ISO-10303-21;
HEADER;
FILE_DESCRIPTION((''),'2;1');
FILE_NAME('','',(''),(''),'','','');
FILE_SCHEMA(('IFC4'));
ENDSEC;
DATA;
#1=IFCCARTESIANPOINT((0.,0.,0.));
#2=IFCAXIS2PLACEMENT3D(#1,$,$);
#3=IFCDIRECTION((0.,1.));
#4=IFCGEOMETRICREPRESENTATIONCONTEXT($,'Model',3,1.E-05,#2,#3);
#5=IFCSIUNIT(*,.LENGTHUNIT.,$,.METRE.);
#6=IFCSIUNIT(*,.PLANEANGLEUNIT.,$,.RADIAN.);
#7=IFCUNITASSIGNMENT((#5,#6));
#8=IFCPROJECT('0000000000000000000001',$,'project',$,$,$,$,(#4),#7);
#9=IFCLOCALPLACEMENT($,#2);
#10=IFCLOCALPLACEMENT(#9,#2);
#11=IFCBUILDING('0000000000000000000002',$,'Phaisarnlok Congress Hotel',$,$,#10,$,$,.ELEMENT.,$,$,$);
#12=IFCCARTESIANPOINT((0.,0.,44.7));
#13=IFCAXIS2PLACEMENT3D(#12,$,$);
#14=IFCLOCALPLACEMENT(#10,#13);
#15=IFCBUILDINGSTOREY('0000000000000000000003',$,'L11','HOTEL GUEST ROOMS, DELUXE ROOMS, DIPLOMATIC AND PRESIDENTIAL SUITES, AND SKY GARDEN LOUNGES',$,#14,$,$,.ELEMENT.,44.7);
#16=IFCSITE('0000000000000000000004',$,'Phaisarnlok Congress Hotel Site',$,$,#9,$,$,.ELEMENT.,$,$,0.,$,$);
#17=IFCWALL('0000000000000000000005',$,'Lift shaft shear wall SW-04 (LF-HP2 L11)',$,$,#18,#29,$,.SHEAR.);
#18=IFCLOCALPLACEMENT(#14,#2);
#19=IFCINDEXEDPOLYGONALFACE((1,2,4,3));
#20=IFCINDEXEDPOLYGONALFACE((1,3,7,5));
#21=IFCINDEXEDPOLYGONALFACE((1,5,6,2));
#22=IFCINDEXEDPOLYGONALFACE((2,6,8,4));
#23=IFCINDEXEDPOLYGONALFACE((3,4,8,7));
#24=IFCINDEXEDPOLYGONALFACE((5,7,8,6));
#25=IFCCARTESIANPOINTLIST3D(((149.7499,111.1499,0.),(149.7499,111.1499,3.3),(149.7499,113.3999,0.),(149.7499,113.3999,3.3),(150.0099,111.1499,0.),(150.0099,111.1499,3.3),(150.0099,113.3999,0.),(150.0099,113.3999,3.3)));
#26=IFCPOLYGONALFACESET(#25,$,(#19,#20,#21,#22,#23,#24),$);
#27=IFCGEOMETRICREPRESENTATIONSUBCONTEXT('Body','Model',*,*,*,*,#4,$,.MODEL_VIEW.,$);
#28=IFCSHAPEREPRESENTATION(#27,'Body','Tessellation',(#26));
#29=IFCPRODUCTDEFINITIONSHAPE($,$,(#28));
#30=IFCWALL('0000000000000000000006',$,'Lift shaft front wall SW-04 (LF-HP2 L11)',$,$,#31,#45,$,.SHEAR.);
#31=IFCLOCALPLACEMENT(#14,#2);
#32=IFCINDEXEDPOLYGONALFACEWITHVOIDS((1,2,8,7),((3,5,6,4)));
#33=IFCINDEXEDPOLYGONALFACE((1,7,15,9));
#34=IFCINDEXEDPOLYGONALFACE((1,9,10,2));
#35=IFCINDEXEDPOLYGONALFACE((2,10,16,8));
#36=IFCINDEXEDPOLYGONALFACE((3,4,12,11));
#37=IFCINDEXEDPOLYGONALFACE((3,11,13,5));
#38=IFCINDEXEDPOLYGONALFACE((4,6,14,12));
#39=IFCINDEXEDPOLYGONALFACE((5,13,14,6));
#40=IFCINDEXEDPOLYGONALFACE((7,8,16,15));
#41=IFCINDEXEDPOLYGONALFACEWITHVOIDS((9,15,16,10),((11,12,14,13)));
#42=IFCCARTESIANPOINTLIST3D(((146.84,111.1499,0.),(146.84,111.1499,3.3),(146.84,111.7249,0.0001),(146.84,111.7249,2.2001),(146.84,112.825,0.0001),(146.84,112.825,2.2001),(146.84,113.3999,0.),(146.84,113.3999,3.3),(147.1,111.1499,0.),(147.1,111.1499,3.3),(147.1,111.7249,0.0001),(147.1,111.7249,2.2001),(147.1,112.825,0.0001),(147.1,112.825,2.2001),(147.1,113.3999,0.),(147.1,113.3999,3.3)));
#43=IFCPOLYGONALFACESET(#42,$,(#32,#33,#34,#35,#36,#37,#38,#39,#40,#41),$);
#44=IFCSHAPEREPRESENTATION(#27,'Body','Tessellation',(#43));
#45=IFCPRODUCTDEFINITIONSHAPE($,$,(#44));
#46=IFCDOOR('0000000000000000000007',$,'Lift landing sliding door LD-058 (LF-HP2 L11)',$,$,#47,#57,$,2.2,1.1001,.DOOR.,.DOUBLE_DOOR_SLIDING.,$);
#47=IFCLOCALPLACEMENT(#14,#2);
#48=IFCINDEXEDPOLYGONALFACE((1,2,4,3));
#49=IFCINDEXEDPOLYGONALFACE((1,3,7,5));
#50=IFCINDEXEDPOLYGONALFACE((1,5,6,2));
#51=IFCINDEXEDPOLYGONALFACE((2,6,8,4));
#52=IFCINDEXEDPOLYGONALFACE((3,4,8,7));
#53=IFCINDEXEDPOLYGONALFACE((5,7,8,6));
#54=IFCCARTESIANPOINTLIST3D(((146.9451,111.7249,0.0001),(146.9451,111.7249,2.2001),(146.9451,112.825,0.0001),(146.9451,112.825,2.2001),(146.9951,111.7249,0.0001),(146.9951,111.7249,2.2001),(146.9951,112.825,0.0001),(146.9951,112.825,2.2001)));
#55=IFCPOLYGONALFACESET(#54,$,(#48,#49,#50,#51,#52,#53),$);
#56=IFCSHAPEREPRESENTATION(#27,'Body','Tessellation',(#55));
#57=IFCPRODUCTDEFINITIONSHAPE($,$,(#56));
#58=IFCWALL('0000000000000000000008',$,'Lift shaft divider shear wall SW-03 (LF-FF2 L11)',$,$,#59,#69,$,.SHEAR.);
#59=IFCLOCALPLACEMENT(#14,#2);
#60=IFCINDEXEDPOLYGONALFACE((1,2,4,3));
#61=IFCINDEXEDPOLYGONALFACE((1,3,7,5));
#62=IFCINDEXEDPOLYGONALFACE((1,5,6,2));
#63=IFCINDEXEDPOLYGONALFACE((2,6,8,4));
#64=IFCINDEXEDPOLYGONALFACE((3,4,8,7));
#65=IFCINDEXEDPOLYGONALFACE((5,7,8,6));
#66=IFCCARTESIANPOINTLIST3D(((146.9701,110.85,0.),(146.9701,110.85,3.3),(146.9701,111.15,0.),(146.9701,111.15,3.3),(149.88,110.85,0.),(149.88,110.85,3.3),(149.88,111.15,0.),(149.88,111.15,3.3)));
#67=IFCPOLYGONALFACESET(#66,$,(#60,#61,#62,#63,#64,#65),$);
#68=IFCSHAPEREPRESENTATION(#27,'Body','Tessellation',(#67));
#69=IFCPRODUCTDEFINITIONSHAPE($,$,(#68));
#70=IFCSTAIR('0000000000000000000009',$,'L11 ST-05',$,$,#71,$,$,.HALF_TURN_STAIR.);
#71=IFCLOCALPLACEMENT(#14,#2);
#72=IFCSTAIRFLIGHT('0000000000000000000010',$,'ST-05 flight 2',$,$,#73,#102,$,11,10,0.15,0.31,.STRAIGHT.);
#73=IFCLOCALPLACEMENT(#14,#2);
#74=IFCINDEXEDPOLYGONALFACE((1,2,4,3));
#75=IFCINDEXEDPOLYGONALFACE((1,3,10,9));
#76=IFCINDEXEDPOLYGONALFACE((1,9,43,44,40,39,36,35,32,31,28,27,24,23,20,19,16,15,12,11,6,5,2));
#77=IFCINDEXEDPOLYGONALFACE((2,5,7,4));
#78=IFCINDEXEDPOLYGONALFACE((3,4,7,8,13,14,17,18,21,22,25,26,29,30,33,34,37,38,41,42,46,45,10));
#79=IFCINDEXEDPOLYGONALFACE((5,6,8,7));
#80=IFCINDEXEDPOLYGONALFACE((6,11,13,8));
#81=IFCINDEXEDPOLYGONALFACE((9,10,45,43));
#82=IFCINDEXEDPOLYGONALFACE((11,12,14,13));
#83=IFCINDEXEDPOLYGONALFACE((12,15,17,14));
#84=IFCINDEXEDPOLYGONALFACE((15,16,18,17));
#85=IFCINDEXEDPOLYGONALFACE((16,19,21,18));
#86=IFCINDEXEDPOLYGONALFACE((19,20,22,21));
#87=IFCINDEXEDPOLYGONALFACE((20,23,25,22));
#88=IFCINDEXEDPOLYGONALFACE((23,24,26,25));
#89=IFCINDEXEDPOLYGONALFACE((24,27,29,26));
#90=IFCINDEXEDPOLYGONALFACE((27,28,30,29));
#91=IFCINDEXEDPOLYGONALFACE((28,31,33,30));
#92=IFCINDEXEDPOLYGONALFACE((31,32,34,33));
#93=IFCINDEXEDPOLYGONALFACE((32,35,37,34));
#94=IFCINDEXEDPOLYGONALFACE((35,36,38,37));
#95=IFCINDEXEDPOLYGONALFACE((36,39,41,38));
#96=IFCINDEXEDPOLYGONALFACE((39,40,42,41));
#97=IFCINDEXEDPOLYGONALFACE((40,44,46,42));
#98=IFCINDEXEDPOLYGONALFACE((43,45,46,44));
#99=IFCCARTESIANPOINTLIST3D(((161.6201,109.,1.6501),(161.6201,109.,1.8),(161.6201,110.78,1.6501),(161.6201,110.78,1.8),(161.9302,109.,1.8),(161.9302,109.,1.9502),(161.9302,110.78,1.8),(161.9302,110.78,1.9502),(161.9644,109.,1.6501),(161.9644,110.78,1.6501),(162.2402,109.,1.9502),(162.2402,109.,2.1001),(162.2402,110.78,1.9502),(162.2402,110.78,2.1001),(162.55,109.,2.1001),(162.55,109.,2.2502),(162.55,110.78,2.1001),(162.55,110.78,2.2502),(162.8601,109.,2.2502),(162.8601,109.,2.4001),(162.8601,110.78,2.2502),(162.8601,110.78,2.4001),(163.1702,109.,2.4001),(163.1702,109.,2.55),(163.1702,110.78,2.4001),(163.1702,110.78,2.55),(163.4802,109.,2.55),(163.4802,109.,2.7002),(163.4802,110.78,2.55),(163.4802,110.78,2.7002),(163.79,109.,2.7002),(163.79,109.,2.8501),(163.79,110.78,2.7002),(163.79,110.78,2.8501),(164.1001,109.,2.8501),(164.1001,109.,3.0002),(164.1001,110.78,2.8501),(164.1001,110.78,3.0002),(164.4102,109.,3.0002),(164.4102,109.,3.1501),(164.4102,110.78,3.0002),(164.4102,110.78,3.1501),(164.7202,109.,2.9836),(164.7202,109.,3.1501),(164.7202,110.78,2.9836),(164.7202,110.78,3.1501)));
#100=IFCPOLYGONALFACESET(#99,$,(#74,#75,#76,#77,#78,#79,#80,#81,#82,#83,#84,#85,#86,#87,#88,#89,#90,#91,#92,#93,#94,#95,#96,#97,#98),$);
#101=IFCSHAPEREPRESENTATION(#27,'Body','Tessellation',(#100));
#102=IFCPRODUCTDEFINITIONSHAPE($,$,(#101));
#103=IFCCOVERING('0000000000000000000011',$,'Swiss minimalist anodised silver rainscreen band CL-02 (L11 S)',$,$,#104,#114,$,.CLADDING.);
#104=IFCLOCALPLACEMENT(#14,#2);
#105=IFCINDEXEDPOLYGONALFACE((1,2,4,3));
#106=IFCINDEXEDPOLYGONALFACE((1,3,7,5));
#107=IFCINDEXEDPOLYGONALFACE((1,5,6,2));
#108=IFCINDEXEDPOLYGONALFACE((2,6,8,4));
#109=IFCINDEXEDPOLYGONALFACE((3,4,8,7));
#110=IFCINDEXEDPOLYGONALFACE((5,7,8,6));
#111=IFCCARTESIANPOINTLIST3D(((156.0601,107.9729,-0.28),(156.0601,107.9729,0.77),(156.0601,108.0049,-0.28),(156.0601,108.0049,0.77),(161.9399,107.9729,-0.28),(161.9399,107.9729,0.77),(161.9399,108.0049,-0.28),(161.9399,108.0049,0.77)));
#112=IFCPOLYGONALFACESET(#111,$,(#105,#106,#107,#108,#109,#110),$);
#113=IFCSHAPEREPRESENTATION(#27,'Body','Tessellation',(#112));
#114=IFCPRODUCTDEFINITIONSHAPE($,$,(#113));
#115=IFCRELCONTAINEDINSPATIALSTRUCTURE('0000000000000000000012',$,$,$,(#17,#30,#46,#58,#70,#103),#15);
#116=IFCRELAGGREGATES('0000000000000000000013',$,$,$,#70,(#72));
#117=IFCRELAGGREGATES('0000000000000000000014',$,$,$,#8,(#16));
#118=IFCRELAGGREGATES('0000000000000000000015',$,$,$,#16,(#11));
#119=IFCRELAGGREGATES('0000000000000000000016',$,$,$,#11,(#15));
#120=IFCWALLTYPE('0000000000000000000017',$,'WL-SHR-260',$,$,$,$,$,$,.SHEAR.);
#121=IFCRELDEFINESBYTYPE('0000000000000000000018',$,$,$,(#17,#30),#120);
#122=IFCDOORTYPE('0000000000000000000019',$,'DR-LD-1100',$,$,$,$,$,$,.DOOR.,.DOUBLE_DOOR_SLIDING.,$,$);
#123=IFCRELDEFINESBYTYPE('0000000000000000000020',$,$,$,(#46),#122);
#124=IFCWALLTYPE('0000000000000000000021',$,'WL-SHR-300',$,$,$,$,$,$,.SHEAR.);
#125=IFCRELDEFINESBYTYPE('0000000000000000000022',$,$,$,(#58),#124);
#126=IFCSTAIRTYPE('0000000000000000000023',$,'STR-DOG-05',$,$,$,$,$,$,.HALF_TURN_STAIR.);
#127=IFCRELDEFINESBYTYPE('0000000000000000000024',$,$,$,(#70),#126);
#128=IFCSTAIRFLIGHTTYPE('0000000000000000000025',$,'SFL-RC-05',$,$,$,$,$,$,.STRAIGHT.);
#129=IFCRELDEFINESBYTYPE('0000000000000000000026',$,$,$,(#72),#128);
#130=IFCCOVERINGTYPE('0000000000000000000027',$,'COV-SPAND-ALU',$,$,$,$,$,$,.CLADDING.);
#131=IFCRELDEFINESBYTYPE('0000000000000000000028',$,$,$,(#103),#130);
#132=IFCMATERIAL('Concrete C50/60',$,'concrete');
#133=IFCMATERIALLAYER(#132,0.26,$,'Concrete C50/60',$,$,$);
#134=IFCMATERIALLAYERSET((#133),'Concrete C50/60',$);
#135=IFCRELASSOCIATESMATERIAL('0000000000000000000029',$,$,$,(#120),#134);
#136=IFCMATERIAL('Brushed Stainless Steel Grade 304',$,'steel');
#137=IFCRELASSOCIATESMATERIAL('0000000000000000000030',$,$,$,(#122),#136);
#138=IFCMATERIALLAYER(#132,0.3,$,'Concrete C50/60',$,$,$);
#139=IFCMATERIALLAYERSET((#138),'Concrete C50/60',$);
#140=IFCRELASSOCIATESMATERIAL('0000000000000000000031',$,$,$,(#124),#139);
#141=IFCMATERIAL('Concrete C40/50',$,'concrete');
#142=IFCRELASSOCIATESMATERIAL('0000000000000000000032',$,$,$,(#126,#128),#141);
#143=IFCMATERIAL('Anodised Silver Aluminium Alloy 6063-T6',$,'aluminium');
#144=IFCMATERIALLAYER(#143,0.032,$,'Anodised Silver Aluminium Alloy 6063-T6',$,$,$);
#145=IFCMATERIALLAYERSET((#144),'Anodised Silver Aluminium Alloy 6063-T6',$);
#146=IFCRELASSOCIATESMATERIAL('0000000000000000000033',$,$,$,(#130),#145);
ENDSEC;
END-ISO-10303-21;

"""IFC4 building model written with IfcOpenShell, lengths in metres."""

from ifc_helpers import new_model, si_unit, direction, frame, frame_2d, origin, place, context, subcontext, project, spatial, polyline, rectangle, outline, extrude, material, layer, layer_set, type_object, element, fill, aggregate, save


model = new_model("IFC4")

# Units and contexts
model_context = context("Model", 3, precision=1e-05, world=origin(), true_north=direction((0.0, 1.0)))
body_context = subcontext(model_context, "Body", "Model", "MODEL_VIEW")
ifc_project = project(units=[si_unit("LENGTHUNIT", "METRE"), si_unit("PLANEANGLEUNIT", "RADIAN")], contexts=[model_context])

# Site, building, storey
site_placement = place(None, origin())
site = spatial("IfcSite", under=ifc_project, at=site_placement, Name="Phaisarnlok Congress Hotel Site", CompositionType="ELEMENT", RefElevation=0.0)
building_placement = place(site_placement, origin())
building = spatial("IfcBuilding", under=site, at=building_placement, Name="Phaisarnlok Congress Hotel", CompositionType="ELEMENT")
storey_placement = place(building_placement, frame((0.0, 0.0, 44.7)))
storey = spatial("IfcBuildingStorey", under=building, at=storey_placement, Name="L11", Description="HOTEL GUEST ROOMS, DELUXE ROOMS, DIPLOMATIC AND PRESIDENTIAL SUITES, AND SKY GARDEN LOUNGES", CompositionType="ELEMENT", Elevation=44.7)

# Shared definitions
ifc_material_1 = material(Name="Concrete C50/60", Category="concrete")

# Shared definitions
ifc_material_2 = material(Name="Concrete C40/50", Category="concrete")

# Shared definitions
ifc_layer_1 = layer(ifc_material_1, 0.26, Name="Concrete C50/60")
ifc_layer_set_1 = layer_set([ifc_layer_1], Name="Concrete C50/60")
wall_type_1 = type_object("IfcWallType", Name="WL-SHR-260", PredefinedType="SHEAR", material=ifc_layer_set_1)

# Shared definitions
ifc_material_3 = material(Name="Brushed Stainless Steel Grade 304", Category="steel")
door_type_1 = type_object("IfcDoorType", Name="DR-LD-1100", OperationType="DOUBLE_DOOR_SLIDING", PredefinedType="DOOR", material=ifc_material_3)

# Wall
wall_1_placement = place(storey_placement, frame((149.8799, 111.1499, 0.0), z_axis=(0.0, 0.0, 1.0), x_axis=(0.0, 1.0, 0.0)))
element("IfcWall", 1, at=wall_1_placement, inside=storey, type_object=wall_type_1, Name="Lift shaft shear wall SW-04 (LF-HP2 L11)", PredefinedType="SHEAR", context=body_context, shape_type="SweptSolid", body=[
    extrude(rectangle(XDim=2.25, YDim=0.26, at=frame_2d((1.125, 0.0))), origin(), (0.0, 0.0, 1.0), 3.3),
])

# Wall, opening, door
wall_2_placement = place(storey_placement, frame((146.97, 111.1499, 0.0), z_axis=(0.0, 0.0, 1.0), x_axis=(0.0, 1.0, 0.0)))
wall_2 = element("IfcWall", 2, at=wall_2_placement, inside=storey, type_object=wall_type_1, Name="Lift shaft front wall SW-04 (LF-HP2 L11)", PredefinedType="SHEAR", context=body_context, shape_type="SweptSolid", body=[
    extrude(rectangle(XDim=2.25, YDim=0.26, at=frame_2d((1.125, 0.0))), origin(), (0.0, 0.0, 1.0), 3.3),
])
opening_1_placement = place(wall_2_placement, frame((0.575, 0.0, 0.0)))
opening_1 = element("IfcOpeningElement", 3, at=opening_1_placement, cuts=wall_2, PredefinedType="OPENING", context=body_context, shape_type="SweptSolid", body=[
    extrude(rectangle(XDim=1.1001, YDim=2.2, at=frame_2d((0.55, 1.1001))), frame((0.0, 0.1401, 0.0), z_axis=(0.0, -1.0, 0.0), x_axis=(1.0, 0.0, 0.0)), (0.0, 0.0, 1.0), 0.28),
])
door_1_placement = place(opening_1_placement, origin())
door_1 = element("IfcDoor", 4, at=door_1_placement, inside=storey, type_object=door_type_1, Name="Lift landing sliding door LD-058 (LF-HP2 L11)", OperationType="DOUBLE_DOOR_SLIDING", OverallHeight=2.2, OverallWidth=1.1001, PredefinedType="DOOR", context=body_context, shape_type="SweptSolid", body=[
    extrude(rectangle(XDim=1.1001, YDim=2.2, at=frame_2d((0.55, 1.1001))), frame((0.0, 0.0249, 0.0), z_axis=(0.0, -1.0, 0.0), x_axis=(1.0, 0.0, 0.0)), (0.0, 0.0, 1.0), 0.05),
])
fill(opening_1, door_1)

# Wall
ifc_layer_2 = layer(ifc_material_1, 0.3, Name="Concrete C50/60")
ifc_layer_set_2 = layer_set([ifc_layer_2], Name="Concrete C50/60")
wall_type_2 = type_object("IfcWallType", Name="WL-SHR-300", PredefinedType="SHEAR", material=ifc_layer_set_2)
wall_3_placement = place(storey_placement, frame((146.97, 111.0, 0.0), z_axis=(0.0, 0.0, 1.0), x_axis=(1.0, 0.0, 0.0)))
element("IfcWall", 5, at=wall_3_placement, inside=storey, type_object=wall_type_2, Name="Lift shaft divider shear wall SW-03 (LF-FF2 L11)", PredefinedType="SHEAR", context=body_context, shape_type="SweptSolid", body=[
    extrude(rectangle(XDim=2.9099, YDim=0.3, at=frame_2d((1.4551, 0.0))), origin(), (0.0, 0.0, 1.0), 3.3),
])

# Stair, stair flight
stair_type = type_object("IfcStairType", Name="STR-DOG-05", PredefinedType="HALF_TURN_STAIR", material=ifc_material_2)
stair_placement = place(storey_placement, origin())
stair = element("IfcStair", 6, at=stair_placement, inside=storey, type_object=stair_type, Name="L11 ST-05", PredefinedType="HALF_TURN_STAIR")
stair_flight_type = type_object("IfcStairFlightType", Name="SFL-RC-05", PredefinedType="STRAIGHT", material=ifc_material_2)
stair_flight_placement = place(storey_placement, frame((161.6201, 109.8899, 1.6501), z_axis=(0.0, 0.0, 1.0), x_axis=(1.0, 0.0, 0.0)))
stair_flight = element("IfcStairFlight", 7, at=stair_flight_placement, type_object=stair_flight_type, Name="ST-05 flight 2", NumberOfRisers=11, NumberOfTreads=10, PredefinedType="STRAIGHT", RiserHeight=0.15, TreadLength=0.31, context=body_context, shape_type="SweptSolid", body=[
    extrude(outline(polyline([(0.0, 0.0), (0.0, 0.1499), (0.3101, 0.1499), (0.3101, 0.3), (0.6201, 0.3), (0.6201, 0.45), (0.9299, 0.45), (0.9299, 0.6001), (1.24, 0.6001), (1.24, 0.75), (1.55, 0.75), (1.55, 0.8999), (1.8601, 0.8999), (1.8601, 1.05), (2.1699, 1.05), (2.1699, 1.2), (2.48, 1.2), (2.48, 1.3501), (2.79, 1.3501), (2.79, 1.5), (3.1001, 1.5), (3.1001, 1.6499), (3.1001, 1.3335), (0.3442, 0.0), (0.0, 0.0)])), frame((0.0, 0.8901, 0.0), z_axis=(0.0, -1.0, 0.0), x_axis=(1.0, 0.0, 0.0)), (0.0, 0.0, 1.0), 1.78),
])
aggregate(stair, [stair_flight])

# Covering
ifc_material_4 = material(Name="Anodised Silver Aluminium Alloy 6063-T6", Category="aluminium")
ifc_layer_3 = layer(ifc_material_4, 0.032, Name="Anodised Silver Aluminium Alloy 6063-T6")
ifc_layer_set_3 = layer_set([ifc_layer_3], Name="Anodised Silver Aluminium Alloy 6063-T6")
covering_type = type_object("IfcCoveringType", Name="COV-SPAND-ALU", PredefinedType="CLADDING", material=ifc_layer_set_3)
covering_placement = place(storey_placement, frame((156.0601, 108.0049, -0.28), z_axis=(0.0, -1.0, 0.0), x_axis=(1.0, 0.0, 0.0)))
element("IfcCovering", 8, at=covering_placement, inside=storey, type_object=covering_type, Name="Swiss minimalist anodised silver rainscreen band CL-02 (L11 S)", PredefinedType="CLADDING", context=body_context, shape_type="SweptSolid", body=[
    extrude(outline(polyline([(0.0, 0.0), (5.8799, 0.0), (5.8799, 1.05), (0.0, 1.05), (0.0, 0.0)])), origin(), (0.0, 0.0, 1.0), 0.032),
])

save(model, "model.ifc")
